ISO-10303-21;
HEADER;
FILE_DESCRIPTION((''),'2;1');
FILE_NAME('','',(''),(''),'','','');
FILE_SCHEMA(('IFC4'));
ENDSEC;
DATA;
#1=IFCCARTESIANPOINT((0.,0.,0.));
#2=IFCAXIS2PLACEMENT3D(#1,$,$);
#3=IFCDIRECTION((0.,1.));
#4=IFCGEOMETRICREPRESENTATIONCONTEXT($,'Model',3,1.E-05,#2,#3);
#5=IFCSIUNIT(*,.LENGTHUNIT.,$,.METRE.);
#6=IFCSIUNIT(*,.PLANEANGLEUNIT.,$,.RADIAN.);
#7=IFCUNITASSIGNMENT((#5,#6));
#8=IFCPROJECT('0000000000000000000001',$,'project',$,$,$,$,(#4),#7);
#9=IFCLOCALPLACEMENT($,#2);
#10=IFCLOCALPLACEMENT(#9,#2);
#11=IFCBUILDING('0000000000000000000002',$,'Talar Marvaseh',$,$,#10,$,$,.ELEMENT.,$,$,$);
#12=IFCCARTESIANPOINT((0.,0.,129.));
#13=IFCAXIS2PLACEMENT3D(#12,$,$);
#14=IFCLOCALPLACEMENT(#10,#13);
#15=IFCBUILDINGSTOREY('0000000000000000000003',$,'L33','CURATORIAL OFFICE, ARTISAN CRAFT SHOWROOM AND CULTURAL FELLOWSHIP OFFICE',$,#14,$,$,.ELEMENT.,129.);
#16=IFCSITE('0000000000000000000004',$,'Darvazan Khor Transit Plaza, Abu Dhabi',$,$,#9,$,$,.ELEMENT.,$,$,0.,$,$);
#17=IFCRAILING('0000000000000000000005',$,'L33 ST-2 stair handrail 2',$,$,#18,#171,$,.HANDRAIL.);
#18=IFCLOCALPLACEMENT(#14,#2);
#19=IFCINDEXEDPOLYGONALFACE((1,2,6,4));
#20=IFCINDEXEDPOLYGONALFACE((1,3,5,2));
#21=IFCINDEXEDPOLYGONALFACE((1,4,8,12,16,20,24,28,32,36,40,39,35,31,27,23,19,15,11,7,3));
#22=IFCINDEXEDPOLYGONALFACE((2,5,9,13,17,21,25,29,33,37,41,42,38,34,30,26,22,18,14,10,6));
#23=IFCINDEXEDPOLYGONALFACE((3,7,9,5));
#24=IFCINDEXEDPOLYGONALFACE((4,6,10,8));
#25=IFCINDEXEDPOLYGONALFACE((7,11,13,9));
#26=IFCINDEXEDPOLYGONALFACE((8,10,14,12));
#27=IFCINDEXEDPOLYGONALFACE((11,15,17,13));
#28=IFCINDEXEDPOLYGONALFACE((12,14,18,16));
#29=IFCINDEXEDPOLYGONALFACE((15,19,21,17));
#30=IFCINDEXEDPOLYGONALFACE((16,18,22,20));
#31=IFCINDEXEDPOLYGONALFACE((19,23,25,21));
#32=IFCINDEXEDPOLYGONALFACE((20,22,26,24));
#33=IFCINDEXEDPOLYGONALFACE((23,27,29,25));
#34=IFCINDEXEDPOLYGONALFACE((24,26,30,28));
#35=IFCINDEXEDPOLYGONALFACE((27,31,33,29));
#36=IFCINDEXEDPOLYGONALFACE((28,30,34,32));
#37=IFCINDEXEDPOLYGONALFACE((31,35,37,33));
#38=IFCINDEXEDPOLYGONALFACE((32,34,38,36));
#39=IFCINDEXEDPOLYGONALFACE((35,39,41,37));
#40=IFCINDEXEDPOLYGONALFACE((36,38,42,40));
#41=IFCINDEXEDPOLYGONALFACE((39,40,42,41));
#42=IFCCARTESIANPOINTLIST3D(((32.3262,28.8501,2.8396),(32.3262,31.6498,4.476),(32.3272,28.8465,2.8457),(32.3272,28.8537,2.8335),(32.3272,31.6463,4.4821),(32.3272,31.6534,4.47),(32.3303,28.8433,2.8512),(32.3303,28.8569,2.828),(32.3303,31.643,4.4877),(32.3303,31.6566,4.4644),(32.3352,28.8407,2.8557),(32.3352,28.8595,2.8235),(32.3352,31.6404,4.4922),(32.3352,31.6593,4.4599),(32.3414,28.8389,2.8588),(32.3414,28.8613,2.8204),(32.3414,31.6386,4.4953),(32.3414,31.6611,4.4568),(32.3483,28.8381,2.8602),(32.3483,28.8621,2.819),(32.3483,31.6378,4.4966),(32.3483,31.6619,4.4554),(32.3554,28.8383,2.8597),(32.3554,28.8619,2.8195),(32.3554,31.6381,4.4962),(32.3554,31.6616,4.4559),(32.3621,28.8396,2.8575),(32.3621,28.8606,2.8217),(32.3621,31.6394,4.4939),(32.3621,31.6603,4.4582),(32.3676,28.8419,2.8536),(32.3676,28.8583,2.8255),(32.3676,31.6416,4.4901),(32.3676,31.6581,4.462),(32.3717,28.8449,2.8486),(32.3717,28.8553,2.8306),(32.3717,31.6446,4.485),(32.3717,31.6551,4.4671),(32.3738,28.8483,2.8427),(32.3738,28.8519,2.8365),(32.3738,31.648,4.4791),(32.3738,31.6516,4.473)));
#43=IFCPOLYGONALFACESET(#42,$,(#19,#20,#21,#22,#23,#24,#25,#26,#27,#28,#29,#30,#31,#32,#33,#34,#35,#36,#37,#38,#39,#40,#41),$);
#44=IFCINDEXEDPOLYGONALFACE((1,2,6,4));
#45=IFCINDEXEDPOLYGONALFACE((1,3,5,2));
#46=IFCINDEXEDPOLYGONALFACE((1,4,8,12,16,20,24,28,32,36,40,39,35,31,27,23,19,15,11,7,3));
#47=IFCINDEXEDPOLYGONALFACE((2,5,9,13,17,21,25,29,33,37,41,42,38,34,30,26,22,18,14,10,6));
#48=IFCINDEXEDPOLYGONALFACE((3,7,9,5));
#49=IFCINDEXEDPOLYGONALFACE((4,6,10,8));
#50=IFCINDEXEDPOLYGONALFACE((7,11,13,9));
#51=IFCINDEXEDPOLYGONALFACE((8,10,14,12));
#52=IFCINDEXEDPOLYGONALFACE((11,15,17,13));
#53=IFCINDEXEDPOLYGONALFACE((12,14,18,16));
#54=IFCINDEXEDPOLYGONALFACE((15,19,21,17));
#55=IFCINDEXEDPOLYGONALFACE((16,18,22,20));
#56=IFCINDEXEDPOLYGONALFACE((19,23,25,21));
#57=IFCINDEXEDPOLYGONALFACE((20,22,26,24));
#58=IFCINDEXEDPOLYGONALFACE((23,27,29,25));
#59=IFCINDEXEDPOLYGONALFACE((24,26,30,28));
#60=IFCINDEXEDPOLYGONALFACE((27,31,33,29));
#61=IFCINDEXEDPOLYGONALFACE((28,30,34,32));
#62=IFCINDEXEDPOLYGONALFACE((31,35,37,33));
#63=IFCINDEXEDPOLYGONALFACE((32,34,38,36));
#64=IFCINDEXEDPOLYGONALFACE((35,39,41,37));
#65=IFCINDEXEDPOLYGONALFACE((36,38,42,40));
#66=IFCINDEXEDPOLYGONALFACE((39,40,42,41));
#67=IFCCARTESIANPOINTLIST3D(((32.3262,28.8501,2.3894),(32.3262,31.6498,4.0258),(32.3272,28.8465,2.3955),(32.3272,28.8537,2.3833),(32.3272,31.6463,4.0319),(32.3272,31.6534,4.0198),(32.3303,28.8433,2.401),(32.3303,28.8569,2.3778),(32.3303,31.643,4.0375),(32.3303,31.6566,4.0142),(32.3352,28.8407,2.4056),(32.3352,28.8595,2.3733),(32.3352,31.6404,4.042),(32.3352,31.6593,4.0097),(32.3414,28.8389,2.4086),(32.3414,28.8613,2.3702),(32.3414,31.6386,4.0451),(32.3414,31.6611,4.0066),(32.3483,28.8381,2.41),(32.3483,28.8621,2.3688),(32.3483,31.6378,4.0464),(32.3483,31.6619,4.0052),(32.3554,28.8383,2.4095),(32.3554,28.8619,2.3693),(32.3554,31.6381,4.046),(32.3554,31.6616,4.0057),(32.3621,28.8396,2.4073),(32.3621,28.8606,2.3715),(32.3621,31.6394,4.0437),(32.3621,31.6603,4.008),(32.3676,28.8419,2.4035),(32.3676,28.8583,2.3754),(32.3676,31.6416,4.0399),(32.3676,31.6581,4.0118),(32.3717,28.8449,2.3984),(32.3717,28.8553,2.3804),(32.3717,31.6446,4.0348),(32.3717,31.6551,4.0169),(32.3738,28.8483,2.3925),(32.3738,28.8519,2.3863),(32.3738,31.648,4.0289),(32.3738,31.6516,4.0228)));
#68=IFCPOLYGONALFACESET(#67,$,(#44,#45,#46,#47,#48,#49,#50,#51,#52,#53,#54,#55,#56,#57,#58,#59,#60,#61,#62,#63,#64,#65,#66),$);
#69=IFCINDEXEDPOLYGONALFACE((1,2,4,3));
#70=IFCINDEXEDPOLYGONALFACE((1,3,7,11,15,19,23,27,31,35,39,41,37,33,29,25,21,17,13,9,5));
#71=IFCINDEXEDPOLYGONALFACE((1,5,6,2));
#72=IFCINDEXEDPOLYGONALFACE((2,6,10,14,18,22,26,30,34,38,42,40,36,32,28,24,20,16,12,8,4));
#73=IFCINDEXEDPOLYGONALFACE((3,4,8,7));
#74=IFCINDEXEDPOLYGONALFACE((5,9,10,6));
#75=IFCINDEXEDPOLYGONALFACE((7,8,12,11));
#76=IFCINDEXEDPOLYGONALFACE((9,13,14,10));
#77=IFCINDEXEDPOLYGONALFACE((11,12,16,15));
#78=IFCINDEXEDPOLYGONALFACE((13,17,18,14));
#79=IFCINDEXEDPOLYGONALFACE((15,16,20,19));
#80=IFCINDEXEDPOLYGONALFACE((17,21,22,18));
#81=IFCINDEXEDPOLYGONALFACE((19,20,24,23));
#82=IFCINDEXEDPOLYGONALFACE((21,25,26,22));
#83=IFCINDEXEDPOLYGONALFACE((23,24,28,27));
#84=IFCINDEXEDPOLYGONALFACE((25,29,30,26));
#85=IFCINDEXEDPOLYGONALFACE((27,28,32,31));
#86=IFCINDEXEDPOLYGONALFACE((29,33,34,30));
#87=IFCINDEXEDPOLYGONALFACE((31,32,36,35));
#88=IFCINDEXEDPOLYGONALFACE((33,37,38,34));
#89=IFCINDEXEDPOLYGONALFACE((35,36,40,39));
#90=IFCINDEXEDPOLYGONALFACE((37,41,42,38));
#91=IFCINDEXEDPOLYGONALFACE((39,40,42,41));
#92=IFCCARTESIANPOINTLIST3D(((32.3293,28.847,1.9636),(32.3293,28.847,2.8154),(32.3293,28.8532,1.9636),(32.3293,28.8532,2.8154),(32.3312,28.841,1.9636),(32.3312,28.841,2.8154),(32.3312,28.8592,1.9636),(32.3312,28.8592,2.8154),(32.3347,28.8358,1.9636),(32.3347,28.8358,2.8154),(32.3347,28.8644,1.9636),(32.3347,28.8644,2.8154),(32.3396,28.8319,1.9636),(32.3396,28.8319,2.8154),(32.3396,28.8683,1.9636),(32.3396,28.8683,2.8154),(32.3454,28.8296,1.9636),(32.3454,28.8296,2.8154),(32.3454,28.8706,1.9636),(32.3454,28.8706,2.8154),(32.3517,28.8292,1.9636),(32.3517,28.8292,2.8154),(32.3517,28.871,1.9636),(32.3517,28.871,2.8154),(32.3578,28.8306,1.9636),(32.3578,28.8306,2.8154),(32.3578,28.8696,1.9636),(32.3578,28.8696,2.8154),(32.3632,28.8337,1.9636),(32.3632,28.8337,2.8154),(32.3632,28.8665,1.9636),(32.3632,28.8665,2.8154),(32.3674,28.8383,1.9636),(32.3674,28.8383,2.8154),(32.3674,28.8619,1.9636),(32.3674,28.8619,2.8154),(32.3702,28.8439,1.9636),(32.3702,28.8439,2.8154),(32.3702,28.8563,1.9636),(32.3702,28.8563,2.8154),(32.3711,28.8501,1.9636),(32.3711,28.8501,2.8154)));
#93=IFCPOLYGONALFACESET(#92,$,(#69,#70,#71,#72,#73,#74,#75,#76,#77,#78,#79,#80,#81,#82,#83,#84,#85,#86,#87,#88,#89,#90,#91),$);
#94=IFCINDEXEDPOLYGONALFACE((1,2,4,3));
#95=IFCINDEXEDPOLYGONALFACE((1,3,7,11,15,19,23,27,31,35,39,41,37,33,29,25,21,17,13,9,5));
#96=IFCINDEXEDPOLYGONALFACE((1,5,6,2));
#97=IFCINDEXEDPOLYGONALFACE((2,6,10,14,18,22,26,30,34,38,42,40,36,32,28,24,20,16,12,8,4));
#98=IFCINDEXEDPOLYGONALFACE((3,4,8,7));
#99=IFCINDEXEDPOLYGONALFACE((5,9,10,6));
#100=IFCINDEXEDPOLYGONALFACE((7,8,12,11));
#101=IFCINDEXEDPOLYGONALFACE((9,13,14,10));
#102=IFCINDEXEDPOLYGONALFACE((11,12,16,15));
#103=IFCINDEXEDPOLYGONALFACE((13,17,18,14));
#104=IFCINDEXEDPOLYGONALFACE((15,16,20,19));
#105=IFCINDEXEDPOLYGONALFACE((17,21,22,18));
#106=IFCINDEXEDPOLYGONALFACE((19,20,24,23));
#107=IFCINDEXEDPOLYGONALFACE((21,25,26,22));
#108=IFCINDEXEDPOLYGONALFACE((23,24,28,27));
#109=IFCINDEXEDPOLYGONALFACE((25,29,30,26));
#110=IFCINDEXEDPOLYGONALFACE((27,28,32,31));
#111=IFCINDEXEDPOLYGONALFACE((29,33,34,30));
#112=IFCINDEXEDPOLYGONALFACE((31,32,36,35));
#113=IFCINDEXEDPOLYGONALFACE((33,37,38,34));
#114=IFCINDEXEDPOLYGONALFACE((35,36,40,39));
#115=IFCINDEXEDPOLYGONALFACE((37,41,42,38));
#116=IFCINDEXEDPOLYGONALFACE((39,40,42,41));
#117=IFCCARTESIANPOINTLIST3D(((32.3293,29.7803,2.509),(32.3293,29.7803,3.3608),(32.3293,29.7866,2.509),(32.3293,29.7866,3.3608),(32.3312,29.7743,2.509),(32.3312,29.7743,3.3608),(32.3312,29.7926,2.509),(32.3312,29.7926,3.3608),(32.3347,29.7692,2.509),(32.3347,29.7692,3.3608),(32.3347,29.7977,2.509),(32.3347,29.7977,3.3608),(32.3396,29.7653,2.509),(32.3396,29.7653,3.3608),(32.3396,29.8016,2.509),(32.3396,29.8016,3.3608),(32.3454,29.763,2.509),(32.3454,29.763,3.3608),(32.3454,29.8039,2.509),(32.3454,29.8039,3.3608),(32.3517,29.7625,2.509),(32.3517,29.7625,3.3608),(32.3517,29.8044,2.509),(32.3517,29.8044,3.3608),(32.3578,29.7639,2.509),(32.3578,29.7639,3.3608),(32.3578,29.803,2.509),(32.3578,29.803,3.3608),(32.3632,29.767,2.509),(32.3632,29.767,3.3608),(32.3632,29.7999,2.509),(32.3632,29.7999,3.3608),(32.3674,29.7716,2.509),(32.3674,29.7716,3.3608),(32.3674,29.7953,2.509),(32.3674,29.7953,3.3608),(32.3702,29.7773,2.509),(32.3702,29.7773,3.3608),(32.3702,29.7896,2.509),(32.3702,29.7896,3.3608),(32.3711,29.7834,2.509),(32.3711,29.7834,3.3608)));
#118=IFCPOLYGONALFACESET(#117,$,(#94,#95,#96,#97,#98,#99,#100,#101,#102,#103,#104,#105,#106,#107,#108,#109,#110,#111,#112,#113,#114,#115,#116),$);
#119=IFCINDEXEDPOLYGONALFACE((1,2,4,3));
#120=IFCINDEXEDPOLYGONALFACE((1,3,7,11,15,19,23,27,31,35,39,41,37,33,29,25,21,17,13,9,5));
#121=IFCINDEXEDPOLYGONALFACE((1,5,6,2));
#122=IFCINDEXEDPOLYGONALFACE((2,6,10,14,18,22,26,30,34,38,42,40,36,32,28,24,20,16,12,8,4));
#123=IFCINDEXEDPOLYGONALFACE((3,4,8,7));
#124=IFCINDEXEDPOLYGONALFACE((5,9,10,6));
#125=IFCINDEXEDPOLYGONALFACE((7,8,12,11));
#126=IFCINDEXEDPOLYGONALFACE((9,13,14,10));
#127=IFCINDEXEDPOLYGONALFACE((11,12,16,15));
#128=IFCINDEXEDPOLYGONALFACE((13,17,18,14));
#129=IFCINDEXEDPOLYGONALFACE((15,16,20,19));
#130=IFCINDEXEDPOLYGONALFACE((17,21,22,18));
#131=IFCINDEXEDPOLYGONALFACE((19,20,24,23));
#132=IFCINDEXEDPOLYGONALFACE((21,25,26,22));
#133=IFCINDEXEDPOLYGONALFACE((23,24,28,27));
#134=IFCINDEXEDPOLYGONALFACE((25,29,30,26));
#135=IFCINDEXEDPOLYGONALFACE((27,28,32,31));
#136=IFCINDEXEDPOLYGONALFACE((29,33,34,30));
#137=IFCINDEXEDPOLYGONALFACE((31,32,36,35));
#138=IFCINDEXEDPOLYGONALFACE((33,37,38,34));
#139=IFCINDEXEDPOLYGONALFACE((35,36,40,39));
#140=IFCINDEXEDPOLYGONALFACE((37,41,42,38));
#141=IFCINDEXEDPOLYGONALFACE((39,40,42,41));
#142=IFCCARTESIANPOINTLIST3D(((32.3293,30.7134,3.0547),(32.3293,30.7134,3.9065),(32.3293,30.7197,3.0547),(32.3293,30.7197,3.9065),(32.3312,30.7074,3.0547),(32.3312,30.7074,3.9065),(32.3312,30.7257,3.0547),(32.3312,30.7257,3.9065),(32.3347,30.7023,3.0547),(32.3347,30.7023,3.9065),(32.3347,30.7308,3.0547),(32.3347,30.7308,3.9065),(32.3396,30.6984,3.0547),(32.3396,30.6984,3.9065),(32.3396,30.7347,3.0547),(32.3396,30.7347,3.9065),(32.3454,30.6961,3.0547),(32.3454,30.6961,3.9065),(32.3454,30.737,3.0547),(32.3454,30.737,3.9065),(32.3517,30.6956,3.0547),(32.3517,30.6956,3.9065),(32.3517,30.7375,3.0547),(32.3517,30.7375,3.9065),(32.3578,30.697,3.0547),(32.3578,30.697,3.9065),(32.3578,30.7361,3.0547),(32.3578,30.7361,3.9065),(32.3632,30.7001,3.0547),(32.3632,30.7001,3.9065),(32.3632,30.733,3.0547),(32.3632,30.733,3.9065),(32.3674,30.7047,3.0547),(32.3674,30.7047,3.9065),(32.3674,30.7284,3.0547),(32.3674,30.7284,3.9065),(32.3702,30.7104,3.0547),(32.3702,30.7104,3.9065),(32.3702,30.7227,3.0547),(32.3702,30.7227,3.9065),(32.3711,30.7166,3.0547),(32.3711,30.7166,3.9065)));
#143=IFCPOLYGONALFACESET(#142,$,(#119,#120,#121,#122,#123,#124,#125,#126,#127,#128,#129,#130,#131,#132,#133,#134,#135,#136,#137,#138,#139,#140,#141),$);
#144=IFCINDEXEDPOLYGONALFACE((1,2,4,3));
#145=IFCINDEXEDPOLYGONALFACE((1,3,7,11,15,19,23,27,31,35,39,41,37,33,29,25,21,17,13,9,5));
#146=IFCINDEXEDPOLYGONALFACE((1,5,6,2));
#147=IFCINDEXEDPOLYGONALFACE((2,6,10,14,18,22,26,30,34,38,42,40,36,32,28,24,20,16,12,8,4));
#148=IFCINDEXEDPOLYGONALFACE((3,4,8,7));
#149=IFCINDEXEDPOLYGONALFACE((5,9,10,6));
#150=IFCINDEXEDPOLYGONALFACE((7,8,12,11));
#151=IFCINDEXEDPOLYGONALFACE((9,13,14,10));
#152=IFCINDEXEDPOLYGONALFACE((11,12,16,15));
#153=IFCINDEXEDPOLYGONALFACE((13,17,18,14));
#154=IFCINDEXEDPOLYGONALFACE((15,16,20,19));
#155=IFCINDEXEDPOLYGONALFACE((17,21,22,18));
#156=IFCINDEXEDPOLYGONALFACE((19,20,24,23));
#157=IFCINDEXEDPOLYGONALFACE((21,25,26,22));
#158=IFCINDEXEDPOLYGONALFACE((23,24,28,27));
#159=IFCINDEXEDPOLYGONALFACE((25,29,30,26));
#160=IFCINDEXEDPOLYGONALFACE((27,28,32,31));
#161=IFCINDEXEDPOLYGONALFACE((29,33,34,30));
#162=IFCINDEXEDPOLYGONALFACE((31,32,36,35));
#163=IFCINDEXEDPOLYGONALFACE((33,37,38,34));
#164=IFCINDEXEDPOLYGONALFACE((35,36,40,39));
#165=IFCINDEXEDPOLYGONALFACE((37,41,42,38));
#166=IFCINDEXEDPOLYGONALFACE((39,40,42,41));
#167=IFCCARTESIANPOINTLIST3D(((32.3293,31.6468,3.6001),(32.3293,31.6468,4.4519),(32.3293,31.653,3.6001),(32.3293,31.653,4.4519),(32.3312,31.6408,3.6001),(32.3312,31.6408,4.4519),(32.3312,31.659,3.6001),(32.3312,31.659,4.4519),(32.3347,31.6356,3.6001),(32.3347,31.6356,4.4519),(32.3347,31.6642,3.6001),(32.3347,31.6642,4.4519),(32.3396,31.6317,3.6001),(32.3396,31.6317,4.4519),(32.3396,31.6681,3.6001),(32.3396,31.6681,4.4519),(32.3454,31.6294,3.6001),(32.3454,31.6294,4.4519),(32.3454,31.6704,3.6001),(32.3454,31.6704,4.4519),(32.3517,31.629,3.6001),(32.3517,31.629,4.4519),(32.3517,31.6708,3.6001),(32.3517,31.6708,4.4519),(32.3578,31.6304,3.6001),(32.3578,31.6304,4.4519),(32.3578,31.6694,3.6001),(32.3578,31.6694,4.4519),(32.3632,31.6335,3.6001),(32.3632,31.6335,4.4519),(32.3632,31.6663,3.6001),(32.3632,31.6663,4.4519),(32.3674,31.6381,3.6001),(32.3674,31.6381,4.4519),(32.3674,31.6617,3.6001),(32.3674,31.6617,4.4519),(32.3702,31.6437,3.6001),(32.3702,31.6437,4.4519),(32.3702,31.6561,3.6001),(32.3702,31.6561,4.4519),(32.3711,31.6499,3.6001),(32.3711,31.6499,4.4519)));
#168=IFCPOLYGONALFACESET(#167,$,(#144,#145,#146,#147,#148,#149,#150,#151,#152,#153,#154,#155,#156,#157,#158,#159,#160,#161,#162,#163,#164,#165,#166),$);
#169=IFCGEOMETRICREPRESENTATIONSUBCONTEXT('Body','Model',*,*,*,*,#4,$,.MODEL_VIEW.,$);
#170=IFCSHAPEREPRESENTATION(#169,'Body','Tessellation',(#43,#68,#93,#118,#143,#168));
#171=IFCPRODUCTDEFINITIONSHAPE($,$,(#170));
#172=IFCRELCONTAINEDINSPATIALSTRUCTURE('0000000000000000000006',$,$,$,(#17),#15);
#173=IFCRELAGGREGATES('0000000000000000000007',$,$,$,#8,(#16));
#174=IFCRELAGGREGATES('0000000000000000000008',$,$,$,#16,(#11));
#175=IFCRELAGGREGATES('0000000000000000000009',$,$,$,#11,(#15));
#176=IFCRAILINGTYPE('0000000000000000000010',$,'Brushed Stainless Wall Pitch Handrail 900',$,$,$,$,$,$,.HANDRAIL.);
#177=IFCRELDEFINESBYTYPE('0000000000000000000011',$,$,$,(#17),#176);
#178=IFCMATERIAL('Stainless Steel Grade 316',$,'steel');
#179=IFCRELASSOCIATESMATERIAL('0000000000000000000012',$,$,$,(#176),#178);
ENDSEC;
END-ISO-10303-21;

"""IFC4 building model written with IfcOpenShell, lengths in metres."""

from ifc_helpers import new_model, si_unit, direction, frame, origin, origin_2d, place, context, subcontext, project, spatial, circle, extrude, material, type_object, element, save


model = new_model("IFC4")

# Units and contexts
model_context = context("Model", 3, precision=1e-05, world=origin(), true_north=direction((0.0, 1.0)))
body_context = subcontext(model_context, "Body", "Model", "MODEL_VIEW")
ifc_project = project(units=[si_unit("LENGTHUNIT", "METRE"), si_unit("PLANEANGLEUNIT", "RADIAN")], contexts=[model_context])

# Site, building, storey
site_placement = place(None, origin())
site = spatial("IfcSite", under=ifc_project, at=site_placement, Name="Darvazan Khor Transit Plaza, Abu Dhabi", CompositionType="ELEMENT", RefElevation=0.0)
building_placement = place(site_placement, origin())
building = spatial("IfcBuilding", under=site, at=building_placement, Name="Talar Marvaseh", CompositionType="ELEMENT")
storey_placement = place(building_placement, frame((0.0, 0.0, 129.0)))
storey = spatial("IfcBuildingStorey", under=building, at=storey_placement, Name="L33", Description="CURATORIAL OFFICE, ARTISAN CRAFT SHOWROOM AND CULTURAL FELLOWSHIP OFFICE", CompositionType="ELEMENT", Elevation=129.0)

# Shared definitions
ifc_material_1 = material(Name="Stainless Steel Grade 316", Category="steel")

# Railing
railing_type_1 = type_object("IfcRailingType", Name="Brushed Stainless Wall Pitch Handrail 900", PredefinedType="HANDRAIL", material=ifc_material_1)
railing_1_placement = place(storey_placement, frame((32.3501, 28.8501, 1.9636)))
element("IfcRailing", 1, at=railing_1_placement, inside=storey, type_object=railing_type_1, Name="L33 ST-2 stair handrail 2", PredefinedType="HANDRAIL", context=body_context, shape_type="SweptSolid", body=[
    extrude(circle(Radius=0.0239, at=origin_2d()), frame((0.0, 0.0, 0.876), z_axis=(0.0, 0.863342, 0.50462), x_axis=(-1.0, 0.0, 0.0)), (0.0, 0.0, 1.0), 3.2429),
    extrude(circle(Radius=0.0239, at=origin_2d()), frame((0.0, 0.0, 0.4258), z_axis=(0.0, 0.863342, 0.50462), x_axis=(-1.0, 0.0, 0.0)), (0.0, 0.0, 1.0), 3.2429),
    extrude(circle(Radius=0.021, at=origin_2d()), origin(), (0.0, 0.0, 1.0), 0.8518),
    extrude(circle(Radius=0.021, at=origin_2d()), frame((0.0, 0.9333, 0.5454)), (0.0, 0.0, 1.0), 0.8518),
    extrude(circle(Radius=0.021, at=origin_2d()), frame((0.0, 1.8665, 1.0911)), (0.0, 0.0, 1.0), 0.8518),
    extrude(circle(Radius=0.021, at=origin_2d()), frame((0.0, 2.7998, 1.6365)), (0.0, 0.0, 1.0), 0.8518),
])

save(model, "model.ifc")
